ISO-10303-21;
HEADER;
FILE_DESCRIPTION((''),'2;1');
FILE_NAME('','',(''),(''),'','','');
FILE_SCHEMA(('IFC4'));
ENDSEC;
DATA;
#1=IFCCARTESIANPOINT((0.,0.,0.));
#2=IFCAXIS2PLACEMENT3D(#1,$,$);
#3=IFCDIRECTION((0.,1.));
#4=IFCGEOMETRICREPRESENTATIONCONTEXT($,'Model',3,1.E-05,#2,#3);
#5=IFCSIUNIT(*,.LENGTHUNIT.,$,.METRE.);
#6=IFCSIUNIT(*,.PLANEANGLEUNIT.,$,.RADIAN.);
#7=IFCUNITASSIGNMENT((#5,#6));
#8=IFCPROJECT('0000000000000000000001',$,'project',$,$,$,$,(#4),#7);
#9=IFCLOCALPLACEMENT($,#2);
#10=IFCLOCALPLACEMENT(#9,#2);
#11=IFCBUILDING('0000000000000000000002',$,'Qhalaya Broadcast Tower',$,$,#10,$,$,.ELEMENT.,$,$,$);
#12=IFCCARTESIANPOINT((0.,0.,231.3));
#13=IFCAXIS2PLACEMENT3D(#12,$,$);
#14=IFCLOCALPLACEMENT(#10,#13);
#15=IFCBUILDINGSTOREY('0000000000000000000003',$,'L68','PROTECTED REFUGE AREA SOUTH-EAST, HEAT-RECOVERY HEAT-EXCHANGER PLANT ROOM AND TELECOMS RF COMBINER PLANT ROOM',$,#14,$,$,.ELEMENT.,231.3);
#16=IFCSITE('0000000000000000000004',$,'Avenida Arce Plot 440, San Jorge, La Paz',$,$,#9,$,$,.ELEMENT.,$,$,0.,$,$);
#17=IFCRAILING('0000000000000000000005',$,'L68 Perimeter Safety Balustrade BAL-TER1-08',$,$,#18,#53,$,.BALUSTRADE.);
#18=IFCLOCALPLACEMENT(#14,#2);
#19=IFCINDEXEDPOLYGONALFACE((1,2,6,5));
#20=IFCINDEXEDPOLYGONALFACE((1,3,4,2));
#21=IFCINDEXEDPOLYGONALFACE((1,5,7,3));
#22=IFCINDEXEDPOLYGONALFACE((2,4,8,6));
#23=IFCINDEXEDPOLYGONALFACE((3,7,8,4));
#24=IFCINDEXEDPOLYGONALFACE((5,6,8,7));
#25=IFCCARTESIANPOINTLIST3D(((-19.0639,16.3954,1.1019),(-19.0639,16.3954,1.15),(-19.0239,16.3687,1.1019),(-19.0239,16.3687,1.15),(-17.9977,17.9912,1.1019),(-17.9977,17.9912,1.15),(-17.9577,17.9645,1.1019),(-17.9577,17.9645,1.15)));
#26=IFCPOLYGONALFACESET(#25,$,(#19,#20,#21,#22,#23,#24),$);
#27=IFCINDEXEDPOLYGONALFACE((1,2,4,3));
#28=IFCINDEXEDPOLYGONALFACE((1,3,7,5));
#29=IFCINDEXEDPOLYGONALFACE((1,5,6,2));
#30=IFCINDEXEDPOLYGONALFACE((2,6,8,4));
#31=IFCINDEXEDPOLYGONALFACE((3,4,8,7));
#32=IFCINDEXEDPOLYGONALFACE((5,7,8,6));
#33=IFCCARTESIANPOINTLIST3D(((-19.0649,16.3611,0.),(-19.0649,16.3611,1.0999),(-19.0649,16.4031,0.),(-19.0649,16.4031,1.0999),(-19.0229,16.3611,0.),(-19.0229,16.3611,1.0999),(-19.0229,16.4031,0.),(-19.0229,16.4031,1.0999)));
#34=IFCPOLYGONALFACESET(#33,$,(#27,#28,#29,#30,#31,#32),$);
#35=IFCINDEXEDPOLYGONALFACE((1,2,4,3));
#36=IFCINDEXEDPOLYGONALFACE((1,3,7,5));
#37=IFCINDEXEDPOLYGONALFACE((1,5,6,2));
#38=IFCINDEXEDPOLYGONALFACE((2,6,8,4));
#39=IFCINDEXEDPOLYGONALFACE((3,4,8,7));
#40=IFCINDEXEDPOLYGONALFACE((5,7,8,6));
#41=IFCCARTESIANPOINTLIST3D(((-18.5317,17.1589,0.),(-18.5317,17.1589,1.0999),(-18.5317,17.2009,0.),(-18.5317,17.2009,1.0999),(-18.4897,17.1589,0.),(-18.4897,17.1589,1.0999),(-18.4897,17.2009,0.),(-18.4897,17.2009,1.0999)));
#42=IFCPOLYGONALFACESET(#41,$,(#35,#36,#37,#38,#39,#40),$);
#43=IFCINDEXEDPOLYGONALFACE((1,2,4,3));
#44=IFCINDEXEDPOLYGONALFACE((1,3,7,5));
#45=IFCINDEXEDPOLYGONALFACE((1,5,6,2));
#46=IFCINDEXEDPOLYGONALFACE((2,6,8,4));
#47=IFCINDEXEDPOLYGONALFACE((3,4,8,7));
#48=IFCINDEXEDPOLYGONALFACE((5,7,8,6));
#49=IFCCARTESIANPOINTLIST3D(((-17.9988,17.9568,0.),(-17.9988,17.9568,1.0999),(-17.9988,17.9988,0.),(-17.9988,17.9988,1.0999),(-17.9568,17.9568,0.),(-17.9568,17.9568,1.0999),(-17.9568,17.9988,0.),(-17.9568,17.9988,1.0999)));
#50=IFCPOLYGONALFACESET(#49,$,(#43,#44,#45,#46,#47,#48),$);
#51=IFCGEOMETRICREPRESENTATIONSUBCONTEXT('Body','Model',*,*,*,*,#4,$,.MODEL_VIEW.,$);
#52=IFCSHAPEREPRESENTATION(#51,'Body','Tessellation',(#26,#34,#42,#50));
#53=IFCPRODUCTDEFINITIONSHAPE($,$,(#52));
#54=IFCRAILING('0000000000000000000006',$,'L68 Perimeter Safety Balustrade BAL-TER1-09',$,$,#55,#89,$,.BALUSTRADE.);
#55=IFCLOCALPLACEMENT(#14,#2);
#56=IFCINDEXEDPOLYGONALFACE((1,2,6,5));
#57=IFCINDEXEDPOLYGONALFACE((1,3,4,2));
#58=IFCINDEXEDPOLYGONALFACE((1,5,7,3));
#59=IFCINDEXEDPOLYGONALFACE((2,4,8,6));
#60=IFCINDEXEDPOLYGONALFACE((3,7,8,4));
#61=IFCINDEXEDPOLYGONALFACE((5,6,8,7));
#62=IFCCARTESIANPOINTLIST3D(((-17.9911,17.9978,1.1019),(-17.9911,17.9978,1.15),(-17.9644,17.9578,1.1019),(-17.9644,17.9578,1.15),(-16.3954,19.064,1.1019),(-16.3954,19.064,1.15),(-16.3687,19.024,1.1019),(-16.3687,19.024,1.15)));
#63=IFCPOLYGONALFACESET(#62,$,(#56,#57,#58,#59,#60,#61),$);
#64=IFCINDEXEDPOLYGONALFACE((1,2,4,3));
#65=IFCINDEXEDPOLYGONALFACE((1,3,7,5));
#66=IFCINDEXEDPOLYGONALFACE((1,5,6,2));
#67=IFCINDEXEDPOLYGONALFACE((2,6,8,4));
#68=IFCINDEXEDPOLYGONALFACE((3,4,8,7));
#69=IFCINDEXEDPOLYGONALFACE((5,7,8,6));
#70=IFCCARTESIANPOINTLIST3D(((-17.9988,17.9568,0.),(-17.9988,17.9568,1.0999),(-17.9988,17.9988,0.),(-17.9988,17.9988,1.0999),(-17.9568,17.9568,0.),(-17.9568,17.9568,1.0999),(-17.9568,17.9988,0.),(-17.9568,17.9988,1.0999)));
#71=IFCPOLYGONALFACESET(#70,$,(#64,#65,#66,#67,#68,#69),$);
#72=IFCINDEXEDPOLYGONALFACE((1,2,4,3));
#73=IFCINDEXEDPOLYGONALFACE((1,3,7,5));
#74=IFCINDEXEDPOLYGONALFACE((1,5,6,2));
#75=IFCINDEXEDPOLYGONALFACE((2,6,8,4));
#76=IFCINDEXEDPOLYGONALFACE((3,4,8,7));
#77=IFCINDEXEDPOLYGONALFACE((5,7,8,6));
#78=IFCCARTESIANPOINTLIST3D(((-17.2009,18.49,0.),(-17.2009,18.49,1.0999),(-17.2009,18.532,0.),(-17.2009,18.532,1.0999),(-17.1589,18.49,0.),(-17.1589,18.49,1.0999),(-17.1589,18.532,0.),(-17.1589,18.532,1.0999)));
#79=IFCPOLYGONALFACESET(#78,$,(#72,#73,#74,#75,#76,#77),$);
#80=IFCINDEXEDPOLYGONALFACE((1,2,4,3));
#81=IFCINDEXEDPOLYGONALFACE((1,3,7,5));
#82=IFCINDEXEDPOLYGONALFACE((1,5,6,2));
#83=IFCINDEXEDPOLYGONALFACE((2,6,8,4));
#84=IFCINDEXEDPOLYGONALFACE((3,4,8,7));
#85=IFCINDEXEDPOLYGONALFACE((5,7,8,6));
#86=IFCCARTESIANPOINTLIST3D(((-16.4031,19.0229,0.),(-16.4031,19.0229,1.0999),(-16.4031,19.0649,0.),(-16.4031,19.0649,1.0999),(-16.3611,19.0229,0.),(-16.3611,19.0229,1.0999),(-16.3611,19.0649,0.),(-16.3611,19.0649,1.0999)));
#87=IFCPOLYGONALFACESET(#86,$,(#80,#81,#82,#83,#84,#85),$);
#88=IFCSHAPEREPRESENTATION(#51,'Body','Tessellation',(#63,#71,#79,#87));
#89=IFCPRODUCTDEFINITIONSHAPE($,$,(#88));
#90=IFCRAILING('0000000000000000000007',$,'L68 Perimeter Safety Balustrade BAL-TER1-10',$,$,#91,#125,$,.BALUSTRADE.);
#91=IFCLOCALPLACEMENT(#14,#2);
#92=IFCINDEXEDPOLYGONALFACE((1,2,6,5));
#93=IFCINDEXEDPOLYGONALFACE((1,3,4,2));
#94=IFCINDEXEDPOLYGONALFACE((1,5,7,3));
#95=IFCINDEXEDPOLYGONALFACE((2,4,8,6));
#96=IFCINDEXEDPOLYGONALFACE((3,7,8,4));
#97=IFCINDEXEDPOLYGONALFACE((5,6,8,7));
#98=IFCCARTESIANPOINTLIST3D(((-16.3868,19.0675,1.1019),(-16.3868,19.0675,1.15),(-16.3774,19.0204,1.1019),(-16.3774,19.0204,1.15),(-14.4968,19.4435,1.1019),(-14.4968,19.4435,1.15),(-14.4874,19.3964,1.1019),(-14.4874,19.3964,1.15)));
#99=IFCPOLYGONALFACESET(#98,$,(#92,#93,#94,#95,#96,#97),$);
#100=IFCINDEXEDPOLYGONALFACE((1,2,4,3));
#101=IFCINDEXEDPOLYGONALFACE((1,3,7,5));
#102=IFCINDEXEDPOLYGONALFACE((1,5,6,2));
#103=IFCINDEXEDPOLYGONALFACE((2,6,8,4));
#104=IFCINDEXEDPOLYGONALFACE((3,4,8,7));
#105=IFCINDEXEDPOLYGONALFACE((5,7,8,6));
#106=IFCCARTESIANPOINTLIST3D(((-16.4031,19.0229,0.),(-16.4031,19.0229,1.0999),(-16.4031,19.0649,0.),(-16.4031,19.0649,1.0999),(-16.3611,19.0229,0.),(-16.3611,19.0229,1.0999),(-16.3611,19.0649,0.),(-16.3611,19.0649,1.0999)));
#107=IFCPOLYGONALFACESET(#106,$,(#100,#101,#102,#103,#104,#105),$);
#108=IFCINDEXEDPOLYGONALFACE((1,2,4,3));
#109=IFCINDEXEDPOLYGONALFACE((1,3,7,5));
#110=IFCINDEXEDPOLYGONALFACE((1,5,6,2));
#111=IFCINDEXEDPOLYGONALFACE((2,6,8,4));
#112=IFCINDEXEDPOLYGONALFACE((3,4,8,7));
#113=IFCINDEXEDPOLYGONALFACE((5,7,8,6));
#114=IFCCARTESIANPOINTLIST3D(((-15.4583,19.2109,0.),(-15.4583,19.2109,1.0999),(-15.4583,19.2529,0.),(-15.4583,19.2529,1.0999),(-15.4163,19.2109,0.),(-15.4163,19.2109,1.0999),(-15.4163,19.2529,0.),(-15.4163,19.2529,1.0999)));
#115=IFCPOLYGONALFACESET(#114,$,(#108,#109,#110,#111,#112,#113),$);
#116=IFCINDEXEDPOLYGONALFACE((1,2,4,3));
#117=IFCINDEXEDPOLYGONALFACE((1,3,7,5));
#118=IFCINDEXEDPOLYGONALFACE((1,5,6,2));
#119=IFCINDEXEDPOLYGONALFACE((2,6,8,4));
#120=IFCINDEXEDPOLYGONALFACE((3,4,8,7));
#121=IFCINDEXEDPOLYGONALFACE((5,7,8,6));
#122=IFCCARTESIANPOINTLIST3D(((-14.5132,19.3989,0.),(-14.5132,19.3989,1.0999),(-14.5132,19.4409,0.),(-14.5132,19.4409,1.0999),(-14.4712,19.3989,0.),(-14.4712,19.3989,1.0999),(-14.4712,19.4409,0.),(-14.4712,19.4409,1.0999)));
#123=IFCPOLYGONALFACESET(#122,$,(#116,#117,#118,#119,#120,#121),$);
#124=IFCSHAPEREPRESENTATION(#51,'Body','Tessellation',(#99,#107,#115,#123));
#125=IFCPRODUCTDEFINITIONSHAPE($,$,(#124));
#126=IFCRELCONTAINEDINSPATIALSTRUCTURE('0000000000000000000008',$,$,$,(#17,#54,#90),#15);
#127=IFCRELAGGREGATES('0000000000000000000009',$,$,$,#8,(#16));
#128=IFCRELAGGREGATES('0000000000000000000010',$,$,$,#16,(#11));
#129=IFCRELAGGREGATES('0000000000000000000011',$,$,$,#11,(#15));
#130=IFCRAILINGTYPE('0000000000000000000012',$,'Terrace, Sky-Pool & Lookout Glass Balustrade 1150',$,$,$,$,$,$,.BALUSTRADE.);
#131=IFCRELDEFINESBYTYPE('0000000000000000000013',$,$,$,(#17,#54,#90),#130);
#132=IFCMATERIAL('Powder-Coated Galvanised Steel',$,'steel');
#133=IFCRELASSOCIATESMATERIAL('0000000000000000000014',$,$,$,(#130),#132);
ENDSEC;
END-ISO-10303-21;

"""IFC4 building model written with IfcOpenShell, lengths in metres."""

from ifc_helpers import new_model, si_unit, direction, frame, origin, origin_2d, place, context, subcontext, project, spatial, rectangle, extrude, material, type_object, element, save


model = new_model("IFC4")

# Units and contexts
model_context = context("Model", 3, precision=1e-05, world=origin(), true_north=direction((0.0, 1.0)))
body_context = subcontext(model_context, "Body", "Model", "MODEL_VIEW")
ifc_project = project(units=[si_unit("LENGTHUNIT", "METRE"), si_unit("PLANEANGLEUNIT", "RADIAN")], contexts=[model_context])

# Site, building, storey
site_placement = place(None, origin())
site = spatial("IfcSite", under=ifc_project, at=site_placement, Name="Avenida Arce Plot 440, San Jorge, La Paz", CompositionType="ELEMENT", RefElevation=0.0)
building_placement = place(site_placement, origin())
building = spatial("IfcBuilding", under=site, at=building_placement, Name="Qhalaya Broadcast Tower", CompositionType="ELEMENT")
storey_placement = place(building_placement, frame((0.0, 0.0, 231.3)))
storey = spatial("IfcBuildingStorey", under=building, at=storey_placement, Name="L68", Description="PROTECTED REFUGE AREA SOUTH-EAST, HEAT-RECOVERY HEAT-EXCHANGER PLANT ROOM AND TELECOMS RF COMBINER PLANT ROOM", CompositionType="ELEMENT", Elevation=231.3)

# Railings
ifc_material_1 = material(Name="Powder-Coated Galvanised Steel", Category="steel")
railing_type = type_object("IfcRailingType", Name="Terrace, Sky-Pool & Lookout Glass Balustrade 1150", PredefinedType="BALUSTRADE", material=ifc_material_1)
railing_1_placement = place(storey_placement, frame((-19.0439, 16.3821, 0.0)))
element("IfcRailing", 1, at=railing_1_placement, inside=storey, type_object=railing_type, Name="L68 Perimeter Safety Balustrade BAL-TER1-08", PredefinedType="BALUSTRADE", context=body_context, shape_type="SweptSolid", body=[
    extrude(rectangle(XDim=0.0481, YDim=0.0481, at=origin_2d()), frame((0.0, 0.0, 1.126), z_axis=(0.555551, 0.831482, 0.0), x_axis=(-0.831482, 0.555551, 0.0)), (0.0, 0.0, 1.0), 1.9192),
    extrude(rectangle(XDim=0.042, YDim=0.042, at=origin_2d()), origin(), (0.0, 0.0, 1.0), 1.0999),
    extrude(rectangle(XDim=0.042, YDim=0.042, at=origin_2d()), frame((0.5332, 0.7979, 0.0)), (0.0, 0.0, 1.0), 1.0999),
    extrude(rectangle(XDim=0.042, YDim=0.042, at=origin_2d()), frame((1.0662, 1.5957, 0.0)), (0.0, 0.0, 1.0), 1.0999),
])
railing_2_placement = place(storey_placement, frame((-17.9778, 17.9778, 0.0)))
element("IfcRailing", 2, at=railing_2_placement, inside=storey, type_object=railing_type, Name="L68 Perimeter Safety Balustrade BAL-TER1-09", PredefinedType="BALUSTRADE", context=body_context, shape_type="SweptSolid", body=[
    extrude(rectangle(XDim=0.0481, YDim=0.0481, at=origin_2d()), frame((0.0, 0.0, 1.126), z_axis=(0.831482, 0.555551, 0.0), x_axis=(-0.555551, 0.831482, 0.0)), (0.0, 0.0, 1.0), 1.9192),
    extrude(rectangle(XDim=0.042, YDim=0.042, at=origin_2d()), origin(), (0.0, 0.0, 1.0), 1.0999),
    extrude(rectangle(XDim=0.042, YDim=0.042, at=origin_2d()), frame((0.7979, 0.5332, 0.0)), (0.0, 0.0, 1.0), 1.0999),
    extrude(rectangle(XDim=0.042, YDim=0.042, at=origin_2d()), frame((1.5957, 1.0662, 0.0)), (0.0, 0.0, 1.0), 1.0999),
])
railing_3_placement = place(storey_placement, frame((-16.3821, 19.0439, 0.0)))
element("IfcRailing", 3, at=railing_3_placement, inside=storey, type_object=railing_type, Name="L68 Perimeter Safety Balustrade BAL-TER1-10", PredefinedType="BALUSTRADE", context=body_context, shape_type="SweptSolid", body=[
    extrude(rectangle(XDim=0.0481, YDim=0.0481, at=origin_2d()), frame((0.0, 0.0, 1.126), z_axis=(0.98078, 0.195117, 0.0), x_axis=(-0.195117, 0.98078, 0.0)), (0.0, 0.0, 1.0), 1.927),
    extrude(rectangle(XDim=0.042, YDim=0.042, at=origin_2d()), origin(), (0.0, 0.0, 1.0), 1.0999),
    extrude(rectangle(XDim=0.042, YDim=0.042, at=origin_2d()), frame((0.9448, 0.188, 0.0)), (0.0, 0.0, 1.0), 1.0999),
    extrude(rectangle(XDim=0.042, YDim=0.042, at=origin_2d()), frame((1.8899, 0.376, 0.0)), (0.0, 0.0, 1.0), 1.0999),
])

save(model, "model.ifc")
